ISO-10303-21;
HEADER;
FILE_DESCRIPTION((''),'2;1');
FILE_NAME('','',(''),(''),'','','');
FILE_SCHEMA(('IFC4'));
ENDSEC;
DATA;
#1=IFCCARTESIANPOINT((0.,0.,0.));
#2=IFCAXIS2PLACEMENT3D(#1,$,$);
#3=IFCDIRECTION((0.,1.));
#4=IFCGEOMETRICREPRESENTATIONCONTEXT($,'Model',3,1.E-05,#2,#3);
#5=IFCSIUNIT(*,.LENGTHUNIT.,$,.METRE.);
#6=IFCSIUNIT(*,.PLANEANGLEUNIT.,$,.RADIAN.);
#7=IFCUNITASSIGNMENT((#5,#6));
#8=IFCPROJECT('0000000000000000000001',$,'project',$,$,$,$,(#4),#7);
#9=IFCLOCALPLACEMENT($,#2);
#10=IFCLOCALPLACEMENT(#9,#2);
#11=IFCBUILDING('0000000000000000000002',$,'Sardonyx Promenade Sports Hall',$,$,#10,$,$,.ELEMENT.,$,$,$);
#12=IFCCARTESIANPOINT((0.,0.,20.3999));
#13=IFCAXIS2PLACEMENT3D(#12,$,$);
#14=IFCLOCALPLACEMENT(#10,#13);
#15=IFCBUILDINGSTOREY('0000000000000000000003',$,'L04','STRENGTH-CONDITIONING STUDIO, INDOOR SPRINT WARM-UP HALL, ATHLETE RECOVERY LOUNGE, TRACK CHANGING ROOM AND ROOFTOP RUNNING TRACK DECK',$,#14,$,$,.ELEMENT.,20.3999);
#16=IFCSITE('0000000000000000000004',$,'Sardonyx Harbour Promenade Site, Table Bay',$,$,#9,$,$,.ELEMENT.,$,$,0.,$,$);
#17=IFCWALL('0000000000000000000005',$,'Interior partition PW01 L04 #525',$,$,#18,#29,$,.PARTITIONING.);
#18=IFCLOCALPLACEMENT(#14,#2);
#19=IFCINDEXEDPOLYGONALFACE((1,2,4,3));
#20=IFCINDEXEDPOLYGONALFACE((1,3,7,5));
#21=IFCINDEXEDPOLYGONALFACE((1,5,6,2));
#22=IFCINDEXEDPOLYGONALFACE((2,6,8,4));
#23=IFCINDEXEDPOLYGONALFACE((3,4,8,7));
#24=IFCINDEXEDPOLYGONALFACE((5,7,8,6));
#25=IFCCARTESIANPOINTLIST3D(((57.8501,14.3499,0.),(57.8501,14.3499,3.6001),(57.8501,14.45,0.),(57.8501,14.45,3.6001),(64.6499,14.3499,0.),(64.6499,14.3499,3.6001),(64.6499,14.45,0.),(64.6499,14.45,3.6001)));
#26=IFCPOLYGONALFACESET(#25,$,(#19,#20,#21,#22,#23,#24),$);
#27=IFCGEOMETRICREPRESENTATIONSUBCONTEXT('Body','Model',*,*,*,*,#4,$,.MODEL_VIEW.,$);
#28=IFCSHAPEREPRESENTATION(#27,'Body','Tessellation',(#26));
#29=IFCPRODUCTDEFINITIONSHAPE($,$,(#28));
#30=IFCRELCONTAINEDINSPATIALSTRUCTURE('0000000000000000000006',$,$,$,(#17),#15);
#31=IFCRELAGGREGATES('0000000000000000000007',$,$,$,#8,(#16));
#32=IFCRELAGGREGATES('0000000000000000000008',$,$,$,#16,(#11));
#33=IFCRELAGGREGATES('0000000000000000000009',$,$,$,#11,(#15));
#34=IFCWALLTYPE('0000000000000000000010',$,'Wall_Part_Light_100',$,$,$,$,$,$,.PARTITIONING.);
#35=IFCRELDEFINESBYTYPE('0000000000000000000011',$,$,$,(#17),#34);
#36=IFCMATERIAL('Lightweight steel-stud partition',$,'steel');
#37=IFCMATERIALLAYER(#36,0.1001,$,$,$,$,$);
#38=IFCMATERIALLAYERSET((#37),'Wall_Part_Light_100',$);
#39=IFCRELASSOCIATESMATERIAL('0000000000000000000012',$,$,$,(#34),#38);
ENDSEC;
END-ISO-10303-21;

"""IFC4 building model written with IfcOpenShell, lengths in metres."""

from ifc_helpers import new_model, si_unit, direction, frame, frame_2d, origin, place, context, subcontext, project, spatial, rectangle, extrude, material, layer, layer_set, type_object, element, save


model = new_model("IFC4")

# Units and contexts
model_context = context("Model", 3, precision=1e-05, world=origin(), true_north=direction((0.0, 1.0)))
body_context = subcontext(model_context, "Body", "Model", "MODEL_VIEW")
ifc_project = project(units=[si_unit("LENGTHUNIT", "METRE"), si_unit("PLANEANGLEUNIT", "RADIAN")], contexts=[model_context])

# Site, building, storey
site_placement = place(None, origin())
site = spatial("IfcSite", under=ifc_project, at=site_placement, Name="Sardonyx Harbour Promenade Site, Table Bay", CompositionType="ELEMENT", RefElevation=0.0)
building_placement = place(site_placement, origin())
building = spatial("IfcBuilding", under=site, at=building_placement, Name="Sardonyx Promenade Sports Hall", CompositionType="ELEMENT")
storey_placement = place(building_placement, frame((0.0, 0.0, 20.3999)))
storey = spatial("IfcBuildingStorey", under=building, at=storey_placement, Name="L04", Description="STRENGTH-CONDITIONING STUDIO, INDOOR SPRINT WARM-UP HALL, ATHLETE RECOVERY LOUNGE, TRACK CHANGING ROOM AND ROOFTOP RUNNING TRACK DECK", CompositionType="ELEMENT", Elevation=20.3999)

# Wall
ifc_material_1 = material(Name="Lightweight steel-stud partition", Category="steel")
ifc_layer_1 = layer(ifc_material_1, 0.1001)
ifc_layer_set_1 = layer_set([ifc_layer_1], Name="Wall_Part_Light_100")
wall_type_1 = type_object("IfcWallType", Name="Wall_Part_Light_100", PredefinedType="PARTITIONING", material=ifc_layer_set_1)
wall_1_placement = place(storey_placement, frame((57.8501, 14.3999, 0.0), z_axis=(0.0, 0.0, 1.0), x_axis=(1.0, 0.0, 0.0)))
element("IfcWall", 1, at=wall_1_placement, inside=storey, type_object=wall_type_1, Name="Interior partition PW01 L04 #525", PredefinedType="PARTITIONING", context=body_context, shape_type="SweptSolid", body=[
    extrude(rectangle(XDim=6.7998, YDim=0.1001, at=frame_2d((3.3999, 0.0))), origin(), (0.0, 0.0, 1.0), 3.6001),
])

save(model, "model.ifc")
